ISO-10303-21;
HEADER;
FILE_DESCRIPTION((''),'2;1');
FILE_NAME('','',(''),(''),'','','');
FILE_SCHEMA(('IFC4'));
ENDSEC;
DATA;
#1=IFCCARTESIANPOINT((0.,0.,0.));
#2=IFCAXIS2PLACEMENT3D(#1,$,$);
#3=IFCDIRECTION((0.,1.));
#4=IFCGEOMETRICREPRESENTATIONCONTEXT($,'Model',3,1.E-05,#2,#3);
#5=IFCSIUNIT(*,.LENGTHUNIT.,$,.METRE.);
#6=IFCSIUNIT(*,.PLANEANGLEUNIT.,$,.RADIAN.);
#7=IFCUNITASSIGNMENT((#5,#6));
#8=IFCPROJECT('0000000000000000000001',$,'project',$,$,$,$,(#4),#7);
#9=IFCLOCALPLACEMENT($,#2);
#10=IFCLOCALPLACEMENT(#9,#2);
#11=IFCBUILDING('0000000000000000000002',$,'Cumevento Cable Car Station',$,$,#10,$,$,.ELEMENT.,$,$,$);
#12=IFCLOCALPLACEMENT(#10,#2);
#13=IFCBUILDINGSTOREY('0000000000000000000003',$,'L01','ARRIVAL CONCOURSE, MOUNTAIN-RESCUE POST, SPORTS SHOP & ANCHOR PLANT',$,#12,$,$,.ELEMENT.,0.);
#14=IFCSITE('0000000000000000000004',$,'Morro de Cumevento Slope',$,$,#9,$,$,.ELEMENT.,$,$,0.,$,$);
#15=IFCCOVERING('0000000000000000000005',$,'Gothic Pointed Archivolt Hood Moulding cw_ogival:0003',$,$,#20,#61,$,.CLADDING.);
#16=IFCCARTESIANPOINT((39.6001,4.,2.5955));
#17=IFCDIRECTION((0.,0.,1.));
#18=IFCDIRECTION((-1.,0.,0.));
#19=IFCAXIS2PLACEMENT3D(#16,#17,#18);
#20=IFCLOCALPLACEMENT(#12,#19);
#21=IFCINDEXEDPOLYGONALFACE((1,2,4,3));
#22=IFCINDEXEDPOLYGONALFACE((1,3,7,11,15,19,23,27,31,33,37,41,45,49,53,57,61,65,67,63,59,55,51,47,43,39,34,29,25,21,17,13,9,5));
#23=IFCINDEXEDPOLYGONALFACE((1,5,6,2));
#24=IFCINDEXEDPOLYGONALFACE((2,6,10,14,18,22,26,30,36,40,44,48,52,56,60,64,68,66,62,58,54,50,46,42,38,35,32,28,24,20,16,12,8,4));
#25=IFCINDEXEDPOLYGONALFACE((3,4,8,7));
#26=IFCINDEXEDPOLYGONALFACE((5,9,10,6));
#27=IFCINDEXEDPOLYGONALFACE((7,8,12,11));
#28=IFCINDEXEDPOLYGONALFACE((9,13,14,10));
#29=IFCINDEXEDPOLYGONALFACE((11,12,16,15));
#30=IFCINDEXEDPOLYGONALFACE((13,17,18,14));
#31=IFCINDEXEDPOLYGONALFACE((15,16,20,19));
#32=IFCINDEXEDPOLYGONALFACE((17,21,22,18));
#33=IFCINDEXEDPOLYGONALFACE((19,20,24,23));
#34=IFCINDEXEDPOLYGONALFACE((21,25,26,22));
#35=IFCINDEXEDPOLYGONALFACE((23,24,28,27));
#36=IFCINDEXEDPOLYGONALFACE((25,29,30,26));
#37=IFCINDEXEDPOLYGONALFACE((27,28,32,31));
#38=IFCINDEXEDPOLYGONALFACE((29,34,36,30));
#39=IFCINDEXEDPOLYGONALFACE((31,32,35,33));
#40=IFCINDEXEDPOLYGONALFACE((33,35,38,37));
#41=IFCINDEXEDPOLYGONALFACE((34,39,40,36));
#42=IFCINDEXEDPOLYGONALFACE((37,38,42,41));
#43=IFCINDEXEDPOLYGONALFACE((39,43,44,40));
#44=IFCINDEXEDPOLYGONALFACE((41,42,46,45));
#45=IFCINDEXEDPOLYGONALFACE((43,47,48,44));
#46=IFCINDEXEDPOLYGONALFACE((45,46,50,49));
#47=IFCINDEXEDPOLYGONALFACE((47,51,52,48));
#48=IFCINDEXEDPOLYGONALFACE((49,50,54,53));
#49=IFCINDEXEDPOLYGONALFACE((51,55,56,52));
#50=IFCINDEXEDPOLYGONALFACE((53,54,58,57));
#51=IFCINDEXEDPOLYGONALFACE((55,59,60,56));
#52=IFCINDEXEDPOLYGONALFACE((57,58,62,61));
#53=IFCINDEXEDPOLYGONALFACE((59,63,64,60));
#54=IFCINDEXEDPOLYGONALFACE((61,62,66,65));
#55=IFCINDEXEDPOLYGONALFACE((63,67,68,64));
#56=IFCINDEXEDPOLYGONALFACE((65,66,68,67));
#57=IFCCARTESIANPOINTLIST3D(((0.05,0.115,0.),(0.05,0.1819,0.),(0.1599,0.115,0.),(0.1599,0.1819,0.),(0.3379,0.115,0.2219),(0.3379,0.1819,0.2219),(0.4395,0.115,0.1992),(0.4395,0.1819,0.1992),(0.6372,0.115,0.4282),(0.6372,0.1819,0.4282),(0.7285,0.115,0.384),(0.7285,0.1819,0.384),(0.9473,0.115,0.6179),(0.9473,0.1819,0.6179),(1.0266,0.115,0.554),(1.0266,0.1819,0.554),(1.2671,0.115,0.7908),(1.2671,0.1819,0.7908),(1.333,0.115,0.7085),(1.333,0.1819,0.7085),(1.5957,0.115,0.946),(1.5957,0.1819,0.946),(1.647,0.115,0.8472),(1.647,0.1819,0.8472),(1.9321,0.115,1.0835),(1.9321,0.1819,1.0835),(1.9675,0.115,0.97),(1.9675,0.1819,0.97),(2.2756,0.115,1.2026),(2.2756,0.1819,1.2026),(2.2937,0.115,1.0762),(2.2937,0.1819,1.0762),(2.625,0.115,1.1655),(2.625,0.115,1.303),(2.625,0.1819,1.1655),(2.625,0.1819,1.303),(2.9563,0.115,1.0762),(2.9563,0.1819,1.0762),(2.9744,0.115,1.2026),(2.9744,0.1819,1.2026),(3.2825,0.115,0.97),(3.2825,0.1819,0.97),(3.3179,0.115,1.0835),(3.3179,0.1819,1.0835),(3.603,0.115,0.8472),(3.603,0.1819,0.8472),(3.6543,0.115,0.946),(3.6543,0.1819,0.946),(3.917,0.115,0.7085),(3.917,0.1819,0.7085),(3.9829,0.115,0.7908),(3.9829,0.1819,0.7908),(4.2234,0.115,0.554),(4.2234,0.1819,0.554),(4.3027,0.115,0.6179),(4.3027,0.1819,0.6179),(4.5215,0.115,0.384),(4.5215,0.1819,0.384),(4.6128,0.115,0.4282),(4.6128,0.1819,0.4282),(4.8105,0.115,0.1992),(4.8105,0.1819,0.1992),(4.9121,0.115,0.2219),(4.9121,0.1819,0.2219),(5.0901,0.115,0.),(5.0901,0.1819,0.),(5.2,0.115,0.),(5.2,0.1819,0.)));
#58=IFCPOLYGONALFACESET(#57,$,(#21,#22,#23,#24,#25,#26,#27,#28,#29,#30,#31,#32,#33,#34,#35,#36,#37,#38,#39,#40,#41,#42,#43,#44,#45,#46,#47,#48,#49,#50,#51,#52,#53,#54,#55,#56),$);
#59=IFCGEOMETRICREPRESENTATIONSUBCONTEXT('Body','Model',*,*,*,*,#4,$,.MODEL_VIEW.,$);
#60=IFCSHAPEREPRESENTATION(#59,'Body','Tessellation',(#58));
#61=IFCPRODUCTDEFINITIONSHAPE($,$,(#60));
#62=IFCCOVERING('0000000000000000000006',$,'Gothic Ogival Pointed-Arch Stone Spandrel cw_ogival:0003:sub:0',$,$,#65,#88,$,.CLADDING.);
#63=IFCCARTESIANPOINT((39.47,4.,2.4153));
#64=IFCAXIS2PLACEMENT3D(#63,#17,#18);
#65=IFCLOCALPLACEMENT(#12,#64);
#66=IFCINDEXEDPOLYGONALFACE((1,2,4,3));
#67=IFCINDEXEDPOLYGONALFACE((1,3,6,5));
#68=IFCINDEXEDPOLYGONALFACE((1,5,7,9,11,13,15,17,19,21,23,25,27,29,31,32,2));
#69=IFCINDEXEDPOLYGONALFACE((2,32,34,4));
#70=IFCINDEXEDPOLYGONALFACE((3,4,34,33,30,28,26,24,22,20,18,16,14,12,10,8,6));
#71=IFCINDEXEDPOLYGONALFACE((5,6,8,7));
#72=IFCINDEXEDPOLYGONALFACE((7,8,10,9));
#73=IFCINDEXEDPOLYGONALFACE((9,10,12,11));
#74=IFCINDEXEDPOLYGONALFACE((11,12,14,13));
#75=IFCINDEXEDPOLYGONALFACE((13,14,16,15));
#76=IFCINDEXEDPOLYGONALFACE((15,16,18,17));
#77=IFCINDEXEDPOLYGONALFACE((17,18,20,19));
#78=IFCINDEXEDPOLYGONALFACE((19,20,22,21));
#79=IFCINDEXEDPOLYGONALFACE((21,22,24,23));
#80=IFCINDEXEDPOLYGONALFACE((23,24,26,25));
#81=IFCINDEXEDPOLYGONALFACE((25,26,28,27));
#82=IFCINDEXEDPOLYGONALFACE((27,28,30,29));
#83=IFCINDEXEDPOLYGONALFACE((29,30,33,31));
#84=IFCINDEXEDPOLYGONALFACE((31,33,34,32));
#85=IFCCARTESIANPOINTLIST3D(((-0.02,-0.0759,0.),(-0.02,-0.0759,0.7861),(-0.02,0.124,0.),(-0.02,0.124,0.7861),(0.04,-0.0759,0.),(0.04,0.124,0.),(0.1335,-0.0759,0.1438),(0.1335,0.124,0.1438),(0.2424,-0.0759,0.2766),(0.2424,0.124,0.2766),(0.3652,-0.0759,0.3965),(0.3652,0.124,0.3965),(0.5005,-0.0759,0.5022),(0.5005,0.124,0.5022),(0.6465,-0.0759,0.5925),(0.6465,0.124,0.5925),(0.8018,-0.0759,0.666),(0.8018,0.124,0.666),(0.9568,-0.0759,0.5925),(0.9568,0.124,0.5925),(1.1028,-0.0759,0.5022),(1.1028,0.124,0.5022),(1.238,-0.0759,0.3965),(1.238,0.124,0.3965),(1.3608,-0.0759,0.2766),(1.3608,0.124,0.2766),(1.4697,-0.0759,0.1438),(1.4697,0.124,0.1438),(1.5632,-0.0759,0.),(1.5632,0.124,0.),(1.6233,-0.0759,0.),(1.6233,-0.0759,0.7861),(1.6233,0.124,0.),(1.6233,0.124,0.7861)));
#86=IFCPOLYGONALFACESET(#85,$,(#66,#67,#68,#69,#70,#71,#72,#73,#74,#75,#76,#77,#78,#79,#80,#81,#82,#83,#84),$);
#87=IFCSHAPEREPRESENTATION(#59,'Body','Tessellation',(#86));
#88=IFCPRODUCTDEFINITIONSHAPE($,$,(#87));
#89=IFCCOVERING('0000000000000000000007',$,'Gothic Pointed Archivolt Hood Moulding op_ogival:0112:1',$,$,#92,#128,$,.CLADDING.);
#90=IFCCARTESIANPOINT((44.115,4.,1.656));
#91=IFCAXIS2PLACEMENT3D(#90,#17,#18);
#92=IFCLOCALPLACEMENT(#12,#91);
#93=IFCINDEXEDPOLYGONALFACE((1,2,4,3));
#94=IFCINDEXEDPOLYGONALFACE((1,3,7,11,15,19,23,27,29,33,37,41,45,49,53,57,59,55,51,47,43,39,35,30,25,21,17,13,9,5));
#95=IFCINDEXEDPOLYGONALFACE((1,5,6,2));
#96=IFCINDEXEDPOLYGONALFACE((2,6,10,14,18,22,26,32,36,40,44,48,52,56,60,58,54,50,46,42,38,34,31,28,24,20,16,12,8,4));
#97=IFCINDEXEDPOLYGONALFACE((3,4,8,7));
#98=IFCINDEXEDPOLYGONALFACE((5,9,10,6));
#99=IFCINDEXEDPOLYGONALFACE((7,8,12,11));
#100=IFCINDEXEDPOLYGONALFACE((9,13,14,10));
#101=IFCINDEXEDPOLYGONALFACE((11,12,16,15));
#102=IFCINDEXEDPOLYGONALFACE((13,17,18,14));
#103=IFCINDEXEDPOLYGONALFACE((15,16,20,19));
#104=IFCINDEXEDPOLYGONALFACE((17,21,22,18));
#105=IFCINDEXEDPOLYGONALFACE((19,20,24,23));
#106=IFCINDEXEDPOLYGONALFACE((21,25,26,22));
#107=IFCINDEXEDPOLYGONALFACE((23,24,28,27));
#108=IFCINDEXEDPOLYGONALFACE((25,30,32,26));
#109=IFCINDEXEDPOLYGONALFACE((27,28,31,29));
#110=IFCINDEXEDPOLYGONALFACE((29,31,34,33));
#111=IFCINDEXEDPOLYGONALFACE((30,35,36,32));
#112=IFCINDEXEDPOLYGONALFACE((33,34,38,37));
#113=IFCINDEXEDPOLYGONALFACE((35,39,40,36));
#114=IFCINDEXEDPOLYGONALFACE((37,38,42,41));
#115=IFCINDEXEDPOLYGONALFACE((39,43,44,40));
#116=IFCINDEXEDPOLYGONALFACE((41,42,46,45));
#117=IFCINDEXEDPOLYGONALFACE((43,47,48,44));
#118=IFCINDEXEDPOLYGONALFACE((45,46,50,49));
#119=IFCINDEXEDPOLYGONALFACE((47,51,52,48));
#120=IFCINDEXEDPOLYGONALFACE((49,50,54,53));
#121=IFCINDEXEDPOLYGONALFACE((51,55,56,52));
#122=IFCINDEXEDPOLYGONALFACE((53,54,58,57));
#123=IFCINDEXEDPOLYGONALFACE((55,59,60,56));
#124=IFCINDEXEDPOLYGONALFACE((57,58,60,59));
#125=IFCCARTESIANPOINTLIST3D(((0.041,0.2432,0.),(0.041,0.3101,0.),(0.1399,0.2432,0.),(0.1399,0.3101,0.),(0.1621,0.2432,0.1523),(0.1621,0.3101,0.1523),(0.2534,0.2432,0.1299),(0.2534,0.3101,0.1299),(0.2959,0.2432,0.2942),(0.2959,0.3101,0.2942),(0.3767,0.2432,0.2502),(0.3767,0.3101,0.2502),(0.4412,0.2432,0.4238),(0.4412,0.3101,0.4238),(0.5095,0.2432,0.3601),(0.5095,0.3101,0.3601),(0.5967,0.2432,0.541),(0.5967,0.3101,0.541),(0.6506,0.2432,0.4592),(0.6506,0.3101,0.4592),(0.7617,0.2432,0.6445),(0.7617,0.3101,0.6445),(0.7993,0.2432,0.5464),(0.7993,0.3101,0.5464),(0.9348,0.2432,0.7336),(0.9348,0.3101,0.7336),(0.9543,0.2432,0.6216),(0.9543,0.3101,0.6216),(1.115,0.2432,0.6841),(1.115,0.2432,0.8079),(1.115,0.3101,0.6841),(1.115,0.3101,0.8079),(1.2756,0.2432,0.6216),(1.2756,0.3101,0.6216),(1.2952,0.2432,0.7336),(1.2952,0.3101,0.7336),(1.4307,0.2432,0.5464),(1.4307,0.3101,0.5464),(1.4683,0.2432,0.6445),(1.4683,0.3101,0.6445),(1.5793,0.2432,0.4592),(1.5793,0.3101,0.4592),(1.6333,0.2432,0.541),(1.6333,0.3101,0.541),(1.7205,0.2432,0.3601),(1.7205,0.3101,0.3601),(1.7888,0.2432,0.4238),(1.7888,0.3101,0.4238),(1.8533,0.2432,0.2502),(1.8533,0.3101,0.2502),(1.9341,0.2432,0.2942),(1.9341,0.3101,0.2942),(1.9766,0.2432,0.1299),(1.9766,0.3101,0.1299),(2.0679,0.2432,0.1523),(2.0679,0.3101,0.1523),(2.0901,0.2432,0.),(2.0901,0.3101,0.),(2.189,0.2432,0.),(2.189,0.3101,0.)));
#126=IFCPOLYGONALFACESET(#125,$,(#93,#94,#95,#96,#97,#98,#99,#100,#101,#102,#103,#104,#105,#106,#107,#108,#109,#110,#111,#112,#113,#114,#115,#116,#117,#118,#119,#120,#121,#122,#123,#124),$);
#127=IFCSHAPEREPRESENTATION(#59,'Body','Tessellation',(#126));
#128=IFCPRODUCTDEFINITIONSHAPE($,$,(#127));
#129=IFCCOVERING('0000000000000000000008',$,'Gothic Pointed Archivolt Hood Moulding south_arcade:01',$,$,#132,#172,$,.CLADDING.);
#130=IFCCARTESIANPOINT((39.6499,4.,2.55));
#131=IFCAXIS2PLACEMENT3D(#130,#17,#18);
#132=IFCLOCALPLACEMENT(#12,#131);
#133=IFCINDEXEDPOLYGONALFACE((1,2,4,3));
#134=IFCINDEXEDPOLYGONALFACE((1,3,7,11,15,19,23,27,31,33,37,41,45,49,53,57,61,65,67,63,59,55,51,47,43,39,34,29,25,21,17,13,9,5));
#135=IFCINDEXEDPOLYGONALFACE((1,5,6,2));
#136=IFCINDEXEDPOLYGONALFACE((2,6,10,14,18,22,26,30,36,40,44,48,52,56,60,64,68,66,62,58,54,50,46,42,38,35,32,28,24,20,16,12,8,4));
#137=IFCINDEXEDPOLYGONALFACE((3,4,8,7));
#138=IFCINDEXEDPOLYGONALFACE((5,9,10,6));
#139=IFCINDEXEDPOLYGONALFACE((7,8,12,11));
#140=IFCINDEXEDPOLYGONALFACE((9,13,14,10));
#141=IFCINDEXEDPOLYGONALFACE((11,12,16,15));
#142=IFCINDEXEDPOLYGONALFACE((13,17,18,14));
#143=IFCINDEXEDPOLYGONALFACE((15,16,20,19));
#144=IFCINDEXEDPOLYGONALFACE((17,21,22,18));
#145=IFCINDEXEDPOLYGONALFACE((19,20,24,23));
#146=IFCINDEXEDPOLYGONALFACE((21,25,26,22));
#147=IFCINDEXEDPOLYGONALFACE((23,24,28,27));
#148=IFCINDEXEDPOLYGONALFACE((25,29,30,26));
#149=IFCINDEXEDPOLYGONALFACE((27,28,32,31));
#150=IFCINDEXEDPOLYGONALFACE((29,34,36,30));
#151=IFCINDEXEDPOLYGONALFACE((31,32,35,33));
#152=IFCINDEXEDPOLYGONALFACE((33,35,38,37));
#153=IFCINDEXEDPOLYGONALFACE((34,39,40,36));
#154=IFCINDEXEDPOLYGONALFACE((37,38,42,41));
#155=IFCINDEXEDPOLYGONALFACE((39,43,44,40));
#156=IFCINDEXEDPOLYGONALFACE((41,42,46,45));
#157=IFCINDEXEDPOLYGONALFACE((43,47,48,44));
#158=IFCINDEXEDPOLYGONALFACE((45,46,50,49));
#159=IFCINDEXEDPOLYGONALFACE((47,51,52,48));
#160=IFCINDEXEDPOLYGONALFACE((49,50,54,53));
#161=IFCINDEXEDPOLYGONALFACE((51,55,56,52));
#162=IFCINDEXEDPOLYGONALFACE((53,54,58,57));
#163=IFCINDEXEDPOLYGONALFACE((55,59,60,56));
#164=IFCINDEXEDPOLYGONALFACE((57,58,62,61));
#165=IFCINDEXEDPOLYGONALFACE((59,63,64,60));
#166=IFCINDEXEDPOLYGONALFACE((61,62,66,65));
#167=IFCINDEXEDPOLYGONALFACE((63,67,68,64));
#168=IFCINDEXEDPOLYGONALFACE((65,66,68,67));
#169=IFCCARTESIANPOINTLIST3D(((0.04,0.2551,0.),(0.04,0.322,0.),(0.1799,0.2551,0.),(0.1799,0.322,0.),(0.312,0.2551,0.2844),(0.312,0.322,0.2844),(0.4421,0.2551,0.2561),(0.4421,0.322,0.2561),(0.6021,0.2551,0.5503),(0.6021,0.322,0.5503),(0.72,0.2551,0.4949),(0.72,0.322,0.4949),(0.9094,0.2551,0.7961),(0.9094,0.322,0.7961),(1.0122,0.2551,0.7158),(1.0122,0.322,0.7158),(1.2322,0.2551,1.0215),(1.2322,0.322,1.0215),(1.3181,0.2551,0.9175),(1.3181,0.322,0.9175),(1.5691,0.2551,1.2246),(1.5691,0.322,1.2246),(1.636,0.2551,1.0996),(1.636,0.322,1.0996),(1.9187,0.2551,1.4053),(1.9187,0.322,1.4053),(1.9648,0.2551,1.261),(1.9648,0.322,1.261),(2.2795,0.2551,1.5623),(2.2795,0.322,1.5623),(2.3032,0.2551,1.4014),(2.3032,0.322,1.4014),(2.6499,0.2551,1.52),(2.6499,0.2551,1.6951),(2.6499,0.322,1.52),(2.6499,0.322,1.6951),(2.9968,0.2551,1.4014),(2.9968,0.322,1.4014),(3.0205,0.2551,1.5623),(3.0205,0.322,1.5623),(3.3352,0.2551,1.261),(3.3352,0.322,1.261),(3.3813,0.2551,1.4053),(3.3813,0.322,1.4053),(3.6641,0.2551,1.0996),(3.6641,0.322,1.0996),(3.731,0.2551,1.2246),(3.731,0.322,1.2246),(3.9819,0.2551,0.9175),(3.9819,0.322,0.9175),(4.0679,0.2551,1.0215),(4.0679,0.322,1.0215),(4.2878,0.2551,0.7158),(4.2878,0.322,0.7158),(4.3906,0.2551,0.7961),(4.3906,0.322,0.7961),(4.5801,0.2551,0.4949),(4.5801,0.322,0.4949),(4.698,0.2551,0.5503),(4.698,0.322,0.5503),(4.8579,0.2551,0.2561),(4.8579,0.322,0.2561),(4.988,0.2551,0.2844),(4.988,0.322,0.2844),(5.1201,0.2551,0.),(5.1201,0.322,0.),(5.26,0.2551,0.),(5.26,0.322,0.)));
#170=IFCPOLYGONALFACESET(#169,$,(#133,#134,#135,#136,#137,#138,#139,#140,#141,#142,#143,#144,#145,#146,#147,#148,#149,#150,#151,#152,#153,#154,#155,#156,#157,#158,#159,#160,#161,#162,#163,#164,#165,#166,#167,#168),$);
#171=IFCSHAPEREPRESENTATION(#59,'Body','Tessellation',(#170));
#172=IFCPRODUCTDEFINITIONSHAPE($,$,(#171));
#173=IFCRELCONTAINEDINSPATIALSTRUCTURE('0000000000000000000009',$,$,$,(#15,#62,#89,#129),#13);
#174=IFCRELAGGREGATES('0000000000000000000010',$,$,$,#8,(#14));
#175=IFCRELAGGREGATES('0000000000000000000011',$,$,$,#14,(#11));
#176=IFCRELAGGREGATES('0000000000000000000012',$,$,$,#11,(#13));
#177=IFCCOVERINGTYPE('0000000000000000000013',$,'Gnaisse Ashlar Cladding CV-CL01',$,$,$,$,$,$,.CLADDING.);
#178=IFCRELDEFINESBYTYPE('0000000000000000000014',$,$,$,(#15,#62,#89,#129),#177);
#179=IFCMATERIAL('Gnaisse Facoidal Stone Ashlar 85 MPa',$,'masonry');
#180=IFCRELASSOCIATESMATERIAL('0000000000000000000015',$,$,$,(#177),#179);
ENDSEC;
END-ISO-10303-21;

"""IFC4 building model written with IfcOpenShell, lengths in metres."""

from ifc_helpers import new_model, si_unit, direction, frame, origin, place, context, subcontext, project, spatial, polyline, outline, extrude, material, type_object, element, save


model = new_model("IFC4")

# Units and contexts
model_context = context("Model", 3, precision=1e-05, world=origin(), true_north=direction((0.0, 1.0)))
body_context = subcontext(model_context, "Body", "Model", "MODEL_VIEW")
ifc_project = project(units=[si_unit("LENGTHUNIT", "METRE"), si_unit("PLANEANGLEUNIT", "RADIAN")], contexts=[model_context])

# Site, building, storey
site_placement = place(None, origin())
site = spatial("IfcSite", under=ifc_project, at=site_placement, Name="Morro de Cumevento Slope", CompositionType="ELEMENT", RefElevation=0.0)
building_placement = place(site_placement, origin())
building = spatial("IfcBuilding", under=site, at=building_placement, Name="Cumevento Cable Car Station", CompositionType="ELEMENT")
storey_placement = place(building_placement, origin())
storey = spatial("IfcBuildingStorey", under=building, at=storey_placement, Name="L01", Description="ARRIVAL CONCOURSE, MOUNTAIN-RESCUE POST, SPORTS SHOP & ANCHOR PLANT", CompositionType="ELEMENT", Elevation=0.0)

# Coverings
ifc_material_1 = material(Name="Gnaisse Facoidal Stone Ashlar 85 MPa", Category="masonry")
covering_type = type_object("IfcCoveringType", Name="Gnaisse Ashlar Cladding CV-CL01", PredefinedType="CLADDING", material=ifc_material_1)
covering_1_placement = place(storey_placement, frame((39.6001, 4.0, 2.5955), z_axis=(0.0, 0.0, 1.0), x_axis=(-1.0, 0.0, 0.0)))
element("IfcCovering", 1, at=covering_1_placement, inside=storey, type_object=covering_type, Name="Gothic Pointed Archivolt Hood Moulding cw_ogival:0003", PredefinedType="CLADDING", context=body_context, shape_type="SweptSolid", body=[
    extrude(outline(polyline([(0.1599, 0.0), (0.4395, 0.1992), (0.7285, 0.384), (1.0266, 0.554), (1.333, 0.7085), (1.647, 0.8472), (1.9675, 0.97), (2.2937, 1.0762), (2.625, 1.1655), (2.9563, 1.0762), (3.2825, 0.97), (3.603, 0.8472), (3.917, 0.7085), (4.2234, 0.554), (4.5215, 0.384), (4.8105, 0.1992), (5.0901, 0.0), (5.2, 0.0), (4.9121, 0.2219), (4.6128, 0.4282), (4.3027, 0.6179), (3.9829, 0.7908), (3.6543, 0.946), (3.3179, 1.0835), (2.9744, 1.2026), (2.625, 1.303), (2.2756, 1.2026), (1.9321, 1.0835), (1.5957, 0.946), (1.2671, 0.7908), (0.9473, 0.6179), (0.6372, 0.4282), (0.3379, 0.2219), (0.05, 0.0), (0.1599, 0.0)])), frame((0.0, 0.1819, 0.0), z_axis=(0.0, -1.0, 0.0), x_axis=(1.0, 0.0, 0.0)), (0.0, 0.0, 1.0), 0.0669),
])
covering_2_placement = place(storey_placement, frame((39.47, 4.0, 2.4153), z_axis=(0.0, 0.0, 1.0), x_axis=(-1.0, 0.0, 0.0)))
element("IfcCovering", 2, at=covering_2_placement, inside=storey, type_object=covering_type, Name="Gothic Ogival Pointed-Arch Stone Spandrel cw_ogival:0003:sub:0", PredefinedType="CLADDING", context=body_context, shape_type="SweptSolid", body=[
    extrude(outline(polyline([(-0.02, 0.0), (-0.02, 0.7861), (1.6233, 0.7861), (1.6233, 0.0), (1.5632, 0.0), (1.4697, 0.1438), (1.3608, 0.2766), (1.238, 0.3965), (1.1028, 0.5022), (0.9568, 0.5925), (0.8018, 0.666), (0.6465, 0.5925), (0.5005, 0.5022), (0.3652, 0.3965), (0.2424, 0.2766), (0.1335, 0.1438), (0.04, 0.0), (-0.02, 0.0)])), frame((0.0, 0.124, 0.0), z_axis=(0.0, -1.0, 0.0), x_axis=(1.0, 0.0, 0.0)), (0.0, 0.0, 1.0), 0.2),
])
covering_3_placement = place(storey_placement, frame((44.115, 4.0, 1.656), z_axis=(0.0, 0.0, 1.0), x_axis=(-1.0, 0.0, 0.0)))
element("IfcCovering", 3, at=covering_3_placement, inside=storey, type_object=covering_type, Name="Gothic Pointed Archivolt Hood Moulding op_ogival:0112:1", PredefinedType="CLADDING", context=body_context, shape_type="SweptSolid", body=[
    extrude(outline(polyline([(0.1399, 0.0), (0.2534, 0.1299), (0.3767, 0.2502), (0.5095, 0.3601), (0.6506, 0.4592), (0.7993, 0.5464), (0.9543, 0.6216), (1.115, 0.6841), (1.2756, 0.6216), (1.4307, 0.5464), (1.5793, 0.4592), (1.7205, 0.3601), (1.8533, 0.2502), (1.9766, 0.1299), (2.0901, 0.0), (2.189, 0.0), (2.0679, 0.1523), (1.9341, 0.2942), (1.7888, 0.4238), (1.6333, 0.541), (1.4683, 0.6445), (1.2952, 0.7336), (1.115, 0.8079), (0.9348, 0.7336), (0.7617, 0.6445), (0.5967, 0.541), (0.4412, 0.4238), (0.2959, 0.2942), (0.1621, 0.1523), (0.041, 0.0), (0.1399, 0.0)])), frame((0.0, 0.3101, 0.0), z_axis=(0.0, -1.0, 0.0), x_axis=(1.0, 0.0, 0.0)), (0.0, 0.0, 1.0), 0.0669),
])
for number, where, z_axis, x_axis, name in (
    (4, (39.6499, 4.0, 2.55), (0.0, 0.0, 1.0), (-1.0, 0.0, 0.0), "Gothic Pointed Archivolt Hood Moulding south_arcade:01"),
):
    element("IfcCovering", number, at=place(storey_placement, frame(where, z_axis=z_axis, x_axis=x_axis)), inside=storey, type_object=covering_type, Name=name, PredefinedType="CLADDING", context=body_context, shape_type="SweptSolid", body=[
        extrude(outline(polyline([(0.1799, 0.0), (0.4421, 0.2561), (0.72, 0.4949), (1.0122, 0.7158), (1.3181, 0.9175), (1.636, 1.0996), (1.9648, 1.261), (2.3032, 1.4014), (2.6499, 1.52), (2.9968, 1.4014), (3.3352, 1.261), (3.6641, 1.0996), (3.9819, 0.9175), (4.2878, 0.7158), (4.5801, 0.4949), (4.8579, 0.2561), (5.1201, 0.0), (5.26, 0.0), (4.988, 0.2844), (4.698, 0.5503), (4.3906, 0.7961), (4.0679, 1.0215), (3.731, 1.2246), (3.3813, 1.4053), (3.0205, 1.5623), (2.6499, 1.6951), (2.2795, 1.5623), (1.9187, 1.4053), (1.5691, 1.2246), (1.2322, 1.0215), (0.9094, 0.7961), (0.6021, 0.5503), (0.312, 0.2844), (0.04, 0.0), (0.1799, 0.0)])), frame((0.0, 0.322, 0.0), z_axis=(0.0, -1.0, 0.0), x_axis=(1.0, 0.0, 0.0)), (0.0, 0.0, 1.0), 0.0669),
    ])

save(model, "model.ifc")
